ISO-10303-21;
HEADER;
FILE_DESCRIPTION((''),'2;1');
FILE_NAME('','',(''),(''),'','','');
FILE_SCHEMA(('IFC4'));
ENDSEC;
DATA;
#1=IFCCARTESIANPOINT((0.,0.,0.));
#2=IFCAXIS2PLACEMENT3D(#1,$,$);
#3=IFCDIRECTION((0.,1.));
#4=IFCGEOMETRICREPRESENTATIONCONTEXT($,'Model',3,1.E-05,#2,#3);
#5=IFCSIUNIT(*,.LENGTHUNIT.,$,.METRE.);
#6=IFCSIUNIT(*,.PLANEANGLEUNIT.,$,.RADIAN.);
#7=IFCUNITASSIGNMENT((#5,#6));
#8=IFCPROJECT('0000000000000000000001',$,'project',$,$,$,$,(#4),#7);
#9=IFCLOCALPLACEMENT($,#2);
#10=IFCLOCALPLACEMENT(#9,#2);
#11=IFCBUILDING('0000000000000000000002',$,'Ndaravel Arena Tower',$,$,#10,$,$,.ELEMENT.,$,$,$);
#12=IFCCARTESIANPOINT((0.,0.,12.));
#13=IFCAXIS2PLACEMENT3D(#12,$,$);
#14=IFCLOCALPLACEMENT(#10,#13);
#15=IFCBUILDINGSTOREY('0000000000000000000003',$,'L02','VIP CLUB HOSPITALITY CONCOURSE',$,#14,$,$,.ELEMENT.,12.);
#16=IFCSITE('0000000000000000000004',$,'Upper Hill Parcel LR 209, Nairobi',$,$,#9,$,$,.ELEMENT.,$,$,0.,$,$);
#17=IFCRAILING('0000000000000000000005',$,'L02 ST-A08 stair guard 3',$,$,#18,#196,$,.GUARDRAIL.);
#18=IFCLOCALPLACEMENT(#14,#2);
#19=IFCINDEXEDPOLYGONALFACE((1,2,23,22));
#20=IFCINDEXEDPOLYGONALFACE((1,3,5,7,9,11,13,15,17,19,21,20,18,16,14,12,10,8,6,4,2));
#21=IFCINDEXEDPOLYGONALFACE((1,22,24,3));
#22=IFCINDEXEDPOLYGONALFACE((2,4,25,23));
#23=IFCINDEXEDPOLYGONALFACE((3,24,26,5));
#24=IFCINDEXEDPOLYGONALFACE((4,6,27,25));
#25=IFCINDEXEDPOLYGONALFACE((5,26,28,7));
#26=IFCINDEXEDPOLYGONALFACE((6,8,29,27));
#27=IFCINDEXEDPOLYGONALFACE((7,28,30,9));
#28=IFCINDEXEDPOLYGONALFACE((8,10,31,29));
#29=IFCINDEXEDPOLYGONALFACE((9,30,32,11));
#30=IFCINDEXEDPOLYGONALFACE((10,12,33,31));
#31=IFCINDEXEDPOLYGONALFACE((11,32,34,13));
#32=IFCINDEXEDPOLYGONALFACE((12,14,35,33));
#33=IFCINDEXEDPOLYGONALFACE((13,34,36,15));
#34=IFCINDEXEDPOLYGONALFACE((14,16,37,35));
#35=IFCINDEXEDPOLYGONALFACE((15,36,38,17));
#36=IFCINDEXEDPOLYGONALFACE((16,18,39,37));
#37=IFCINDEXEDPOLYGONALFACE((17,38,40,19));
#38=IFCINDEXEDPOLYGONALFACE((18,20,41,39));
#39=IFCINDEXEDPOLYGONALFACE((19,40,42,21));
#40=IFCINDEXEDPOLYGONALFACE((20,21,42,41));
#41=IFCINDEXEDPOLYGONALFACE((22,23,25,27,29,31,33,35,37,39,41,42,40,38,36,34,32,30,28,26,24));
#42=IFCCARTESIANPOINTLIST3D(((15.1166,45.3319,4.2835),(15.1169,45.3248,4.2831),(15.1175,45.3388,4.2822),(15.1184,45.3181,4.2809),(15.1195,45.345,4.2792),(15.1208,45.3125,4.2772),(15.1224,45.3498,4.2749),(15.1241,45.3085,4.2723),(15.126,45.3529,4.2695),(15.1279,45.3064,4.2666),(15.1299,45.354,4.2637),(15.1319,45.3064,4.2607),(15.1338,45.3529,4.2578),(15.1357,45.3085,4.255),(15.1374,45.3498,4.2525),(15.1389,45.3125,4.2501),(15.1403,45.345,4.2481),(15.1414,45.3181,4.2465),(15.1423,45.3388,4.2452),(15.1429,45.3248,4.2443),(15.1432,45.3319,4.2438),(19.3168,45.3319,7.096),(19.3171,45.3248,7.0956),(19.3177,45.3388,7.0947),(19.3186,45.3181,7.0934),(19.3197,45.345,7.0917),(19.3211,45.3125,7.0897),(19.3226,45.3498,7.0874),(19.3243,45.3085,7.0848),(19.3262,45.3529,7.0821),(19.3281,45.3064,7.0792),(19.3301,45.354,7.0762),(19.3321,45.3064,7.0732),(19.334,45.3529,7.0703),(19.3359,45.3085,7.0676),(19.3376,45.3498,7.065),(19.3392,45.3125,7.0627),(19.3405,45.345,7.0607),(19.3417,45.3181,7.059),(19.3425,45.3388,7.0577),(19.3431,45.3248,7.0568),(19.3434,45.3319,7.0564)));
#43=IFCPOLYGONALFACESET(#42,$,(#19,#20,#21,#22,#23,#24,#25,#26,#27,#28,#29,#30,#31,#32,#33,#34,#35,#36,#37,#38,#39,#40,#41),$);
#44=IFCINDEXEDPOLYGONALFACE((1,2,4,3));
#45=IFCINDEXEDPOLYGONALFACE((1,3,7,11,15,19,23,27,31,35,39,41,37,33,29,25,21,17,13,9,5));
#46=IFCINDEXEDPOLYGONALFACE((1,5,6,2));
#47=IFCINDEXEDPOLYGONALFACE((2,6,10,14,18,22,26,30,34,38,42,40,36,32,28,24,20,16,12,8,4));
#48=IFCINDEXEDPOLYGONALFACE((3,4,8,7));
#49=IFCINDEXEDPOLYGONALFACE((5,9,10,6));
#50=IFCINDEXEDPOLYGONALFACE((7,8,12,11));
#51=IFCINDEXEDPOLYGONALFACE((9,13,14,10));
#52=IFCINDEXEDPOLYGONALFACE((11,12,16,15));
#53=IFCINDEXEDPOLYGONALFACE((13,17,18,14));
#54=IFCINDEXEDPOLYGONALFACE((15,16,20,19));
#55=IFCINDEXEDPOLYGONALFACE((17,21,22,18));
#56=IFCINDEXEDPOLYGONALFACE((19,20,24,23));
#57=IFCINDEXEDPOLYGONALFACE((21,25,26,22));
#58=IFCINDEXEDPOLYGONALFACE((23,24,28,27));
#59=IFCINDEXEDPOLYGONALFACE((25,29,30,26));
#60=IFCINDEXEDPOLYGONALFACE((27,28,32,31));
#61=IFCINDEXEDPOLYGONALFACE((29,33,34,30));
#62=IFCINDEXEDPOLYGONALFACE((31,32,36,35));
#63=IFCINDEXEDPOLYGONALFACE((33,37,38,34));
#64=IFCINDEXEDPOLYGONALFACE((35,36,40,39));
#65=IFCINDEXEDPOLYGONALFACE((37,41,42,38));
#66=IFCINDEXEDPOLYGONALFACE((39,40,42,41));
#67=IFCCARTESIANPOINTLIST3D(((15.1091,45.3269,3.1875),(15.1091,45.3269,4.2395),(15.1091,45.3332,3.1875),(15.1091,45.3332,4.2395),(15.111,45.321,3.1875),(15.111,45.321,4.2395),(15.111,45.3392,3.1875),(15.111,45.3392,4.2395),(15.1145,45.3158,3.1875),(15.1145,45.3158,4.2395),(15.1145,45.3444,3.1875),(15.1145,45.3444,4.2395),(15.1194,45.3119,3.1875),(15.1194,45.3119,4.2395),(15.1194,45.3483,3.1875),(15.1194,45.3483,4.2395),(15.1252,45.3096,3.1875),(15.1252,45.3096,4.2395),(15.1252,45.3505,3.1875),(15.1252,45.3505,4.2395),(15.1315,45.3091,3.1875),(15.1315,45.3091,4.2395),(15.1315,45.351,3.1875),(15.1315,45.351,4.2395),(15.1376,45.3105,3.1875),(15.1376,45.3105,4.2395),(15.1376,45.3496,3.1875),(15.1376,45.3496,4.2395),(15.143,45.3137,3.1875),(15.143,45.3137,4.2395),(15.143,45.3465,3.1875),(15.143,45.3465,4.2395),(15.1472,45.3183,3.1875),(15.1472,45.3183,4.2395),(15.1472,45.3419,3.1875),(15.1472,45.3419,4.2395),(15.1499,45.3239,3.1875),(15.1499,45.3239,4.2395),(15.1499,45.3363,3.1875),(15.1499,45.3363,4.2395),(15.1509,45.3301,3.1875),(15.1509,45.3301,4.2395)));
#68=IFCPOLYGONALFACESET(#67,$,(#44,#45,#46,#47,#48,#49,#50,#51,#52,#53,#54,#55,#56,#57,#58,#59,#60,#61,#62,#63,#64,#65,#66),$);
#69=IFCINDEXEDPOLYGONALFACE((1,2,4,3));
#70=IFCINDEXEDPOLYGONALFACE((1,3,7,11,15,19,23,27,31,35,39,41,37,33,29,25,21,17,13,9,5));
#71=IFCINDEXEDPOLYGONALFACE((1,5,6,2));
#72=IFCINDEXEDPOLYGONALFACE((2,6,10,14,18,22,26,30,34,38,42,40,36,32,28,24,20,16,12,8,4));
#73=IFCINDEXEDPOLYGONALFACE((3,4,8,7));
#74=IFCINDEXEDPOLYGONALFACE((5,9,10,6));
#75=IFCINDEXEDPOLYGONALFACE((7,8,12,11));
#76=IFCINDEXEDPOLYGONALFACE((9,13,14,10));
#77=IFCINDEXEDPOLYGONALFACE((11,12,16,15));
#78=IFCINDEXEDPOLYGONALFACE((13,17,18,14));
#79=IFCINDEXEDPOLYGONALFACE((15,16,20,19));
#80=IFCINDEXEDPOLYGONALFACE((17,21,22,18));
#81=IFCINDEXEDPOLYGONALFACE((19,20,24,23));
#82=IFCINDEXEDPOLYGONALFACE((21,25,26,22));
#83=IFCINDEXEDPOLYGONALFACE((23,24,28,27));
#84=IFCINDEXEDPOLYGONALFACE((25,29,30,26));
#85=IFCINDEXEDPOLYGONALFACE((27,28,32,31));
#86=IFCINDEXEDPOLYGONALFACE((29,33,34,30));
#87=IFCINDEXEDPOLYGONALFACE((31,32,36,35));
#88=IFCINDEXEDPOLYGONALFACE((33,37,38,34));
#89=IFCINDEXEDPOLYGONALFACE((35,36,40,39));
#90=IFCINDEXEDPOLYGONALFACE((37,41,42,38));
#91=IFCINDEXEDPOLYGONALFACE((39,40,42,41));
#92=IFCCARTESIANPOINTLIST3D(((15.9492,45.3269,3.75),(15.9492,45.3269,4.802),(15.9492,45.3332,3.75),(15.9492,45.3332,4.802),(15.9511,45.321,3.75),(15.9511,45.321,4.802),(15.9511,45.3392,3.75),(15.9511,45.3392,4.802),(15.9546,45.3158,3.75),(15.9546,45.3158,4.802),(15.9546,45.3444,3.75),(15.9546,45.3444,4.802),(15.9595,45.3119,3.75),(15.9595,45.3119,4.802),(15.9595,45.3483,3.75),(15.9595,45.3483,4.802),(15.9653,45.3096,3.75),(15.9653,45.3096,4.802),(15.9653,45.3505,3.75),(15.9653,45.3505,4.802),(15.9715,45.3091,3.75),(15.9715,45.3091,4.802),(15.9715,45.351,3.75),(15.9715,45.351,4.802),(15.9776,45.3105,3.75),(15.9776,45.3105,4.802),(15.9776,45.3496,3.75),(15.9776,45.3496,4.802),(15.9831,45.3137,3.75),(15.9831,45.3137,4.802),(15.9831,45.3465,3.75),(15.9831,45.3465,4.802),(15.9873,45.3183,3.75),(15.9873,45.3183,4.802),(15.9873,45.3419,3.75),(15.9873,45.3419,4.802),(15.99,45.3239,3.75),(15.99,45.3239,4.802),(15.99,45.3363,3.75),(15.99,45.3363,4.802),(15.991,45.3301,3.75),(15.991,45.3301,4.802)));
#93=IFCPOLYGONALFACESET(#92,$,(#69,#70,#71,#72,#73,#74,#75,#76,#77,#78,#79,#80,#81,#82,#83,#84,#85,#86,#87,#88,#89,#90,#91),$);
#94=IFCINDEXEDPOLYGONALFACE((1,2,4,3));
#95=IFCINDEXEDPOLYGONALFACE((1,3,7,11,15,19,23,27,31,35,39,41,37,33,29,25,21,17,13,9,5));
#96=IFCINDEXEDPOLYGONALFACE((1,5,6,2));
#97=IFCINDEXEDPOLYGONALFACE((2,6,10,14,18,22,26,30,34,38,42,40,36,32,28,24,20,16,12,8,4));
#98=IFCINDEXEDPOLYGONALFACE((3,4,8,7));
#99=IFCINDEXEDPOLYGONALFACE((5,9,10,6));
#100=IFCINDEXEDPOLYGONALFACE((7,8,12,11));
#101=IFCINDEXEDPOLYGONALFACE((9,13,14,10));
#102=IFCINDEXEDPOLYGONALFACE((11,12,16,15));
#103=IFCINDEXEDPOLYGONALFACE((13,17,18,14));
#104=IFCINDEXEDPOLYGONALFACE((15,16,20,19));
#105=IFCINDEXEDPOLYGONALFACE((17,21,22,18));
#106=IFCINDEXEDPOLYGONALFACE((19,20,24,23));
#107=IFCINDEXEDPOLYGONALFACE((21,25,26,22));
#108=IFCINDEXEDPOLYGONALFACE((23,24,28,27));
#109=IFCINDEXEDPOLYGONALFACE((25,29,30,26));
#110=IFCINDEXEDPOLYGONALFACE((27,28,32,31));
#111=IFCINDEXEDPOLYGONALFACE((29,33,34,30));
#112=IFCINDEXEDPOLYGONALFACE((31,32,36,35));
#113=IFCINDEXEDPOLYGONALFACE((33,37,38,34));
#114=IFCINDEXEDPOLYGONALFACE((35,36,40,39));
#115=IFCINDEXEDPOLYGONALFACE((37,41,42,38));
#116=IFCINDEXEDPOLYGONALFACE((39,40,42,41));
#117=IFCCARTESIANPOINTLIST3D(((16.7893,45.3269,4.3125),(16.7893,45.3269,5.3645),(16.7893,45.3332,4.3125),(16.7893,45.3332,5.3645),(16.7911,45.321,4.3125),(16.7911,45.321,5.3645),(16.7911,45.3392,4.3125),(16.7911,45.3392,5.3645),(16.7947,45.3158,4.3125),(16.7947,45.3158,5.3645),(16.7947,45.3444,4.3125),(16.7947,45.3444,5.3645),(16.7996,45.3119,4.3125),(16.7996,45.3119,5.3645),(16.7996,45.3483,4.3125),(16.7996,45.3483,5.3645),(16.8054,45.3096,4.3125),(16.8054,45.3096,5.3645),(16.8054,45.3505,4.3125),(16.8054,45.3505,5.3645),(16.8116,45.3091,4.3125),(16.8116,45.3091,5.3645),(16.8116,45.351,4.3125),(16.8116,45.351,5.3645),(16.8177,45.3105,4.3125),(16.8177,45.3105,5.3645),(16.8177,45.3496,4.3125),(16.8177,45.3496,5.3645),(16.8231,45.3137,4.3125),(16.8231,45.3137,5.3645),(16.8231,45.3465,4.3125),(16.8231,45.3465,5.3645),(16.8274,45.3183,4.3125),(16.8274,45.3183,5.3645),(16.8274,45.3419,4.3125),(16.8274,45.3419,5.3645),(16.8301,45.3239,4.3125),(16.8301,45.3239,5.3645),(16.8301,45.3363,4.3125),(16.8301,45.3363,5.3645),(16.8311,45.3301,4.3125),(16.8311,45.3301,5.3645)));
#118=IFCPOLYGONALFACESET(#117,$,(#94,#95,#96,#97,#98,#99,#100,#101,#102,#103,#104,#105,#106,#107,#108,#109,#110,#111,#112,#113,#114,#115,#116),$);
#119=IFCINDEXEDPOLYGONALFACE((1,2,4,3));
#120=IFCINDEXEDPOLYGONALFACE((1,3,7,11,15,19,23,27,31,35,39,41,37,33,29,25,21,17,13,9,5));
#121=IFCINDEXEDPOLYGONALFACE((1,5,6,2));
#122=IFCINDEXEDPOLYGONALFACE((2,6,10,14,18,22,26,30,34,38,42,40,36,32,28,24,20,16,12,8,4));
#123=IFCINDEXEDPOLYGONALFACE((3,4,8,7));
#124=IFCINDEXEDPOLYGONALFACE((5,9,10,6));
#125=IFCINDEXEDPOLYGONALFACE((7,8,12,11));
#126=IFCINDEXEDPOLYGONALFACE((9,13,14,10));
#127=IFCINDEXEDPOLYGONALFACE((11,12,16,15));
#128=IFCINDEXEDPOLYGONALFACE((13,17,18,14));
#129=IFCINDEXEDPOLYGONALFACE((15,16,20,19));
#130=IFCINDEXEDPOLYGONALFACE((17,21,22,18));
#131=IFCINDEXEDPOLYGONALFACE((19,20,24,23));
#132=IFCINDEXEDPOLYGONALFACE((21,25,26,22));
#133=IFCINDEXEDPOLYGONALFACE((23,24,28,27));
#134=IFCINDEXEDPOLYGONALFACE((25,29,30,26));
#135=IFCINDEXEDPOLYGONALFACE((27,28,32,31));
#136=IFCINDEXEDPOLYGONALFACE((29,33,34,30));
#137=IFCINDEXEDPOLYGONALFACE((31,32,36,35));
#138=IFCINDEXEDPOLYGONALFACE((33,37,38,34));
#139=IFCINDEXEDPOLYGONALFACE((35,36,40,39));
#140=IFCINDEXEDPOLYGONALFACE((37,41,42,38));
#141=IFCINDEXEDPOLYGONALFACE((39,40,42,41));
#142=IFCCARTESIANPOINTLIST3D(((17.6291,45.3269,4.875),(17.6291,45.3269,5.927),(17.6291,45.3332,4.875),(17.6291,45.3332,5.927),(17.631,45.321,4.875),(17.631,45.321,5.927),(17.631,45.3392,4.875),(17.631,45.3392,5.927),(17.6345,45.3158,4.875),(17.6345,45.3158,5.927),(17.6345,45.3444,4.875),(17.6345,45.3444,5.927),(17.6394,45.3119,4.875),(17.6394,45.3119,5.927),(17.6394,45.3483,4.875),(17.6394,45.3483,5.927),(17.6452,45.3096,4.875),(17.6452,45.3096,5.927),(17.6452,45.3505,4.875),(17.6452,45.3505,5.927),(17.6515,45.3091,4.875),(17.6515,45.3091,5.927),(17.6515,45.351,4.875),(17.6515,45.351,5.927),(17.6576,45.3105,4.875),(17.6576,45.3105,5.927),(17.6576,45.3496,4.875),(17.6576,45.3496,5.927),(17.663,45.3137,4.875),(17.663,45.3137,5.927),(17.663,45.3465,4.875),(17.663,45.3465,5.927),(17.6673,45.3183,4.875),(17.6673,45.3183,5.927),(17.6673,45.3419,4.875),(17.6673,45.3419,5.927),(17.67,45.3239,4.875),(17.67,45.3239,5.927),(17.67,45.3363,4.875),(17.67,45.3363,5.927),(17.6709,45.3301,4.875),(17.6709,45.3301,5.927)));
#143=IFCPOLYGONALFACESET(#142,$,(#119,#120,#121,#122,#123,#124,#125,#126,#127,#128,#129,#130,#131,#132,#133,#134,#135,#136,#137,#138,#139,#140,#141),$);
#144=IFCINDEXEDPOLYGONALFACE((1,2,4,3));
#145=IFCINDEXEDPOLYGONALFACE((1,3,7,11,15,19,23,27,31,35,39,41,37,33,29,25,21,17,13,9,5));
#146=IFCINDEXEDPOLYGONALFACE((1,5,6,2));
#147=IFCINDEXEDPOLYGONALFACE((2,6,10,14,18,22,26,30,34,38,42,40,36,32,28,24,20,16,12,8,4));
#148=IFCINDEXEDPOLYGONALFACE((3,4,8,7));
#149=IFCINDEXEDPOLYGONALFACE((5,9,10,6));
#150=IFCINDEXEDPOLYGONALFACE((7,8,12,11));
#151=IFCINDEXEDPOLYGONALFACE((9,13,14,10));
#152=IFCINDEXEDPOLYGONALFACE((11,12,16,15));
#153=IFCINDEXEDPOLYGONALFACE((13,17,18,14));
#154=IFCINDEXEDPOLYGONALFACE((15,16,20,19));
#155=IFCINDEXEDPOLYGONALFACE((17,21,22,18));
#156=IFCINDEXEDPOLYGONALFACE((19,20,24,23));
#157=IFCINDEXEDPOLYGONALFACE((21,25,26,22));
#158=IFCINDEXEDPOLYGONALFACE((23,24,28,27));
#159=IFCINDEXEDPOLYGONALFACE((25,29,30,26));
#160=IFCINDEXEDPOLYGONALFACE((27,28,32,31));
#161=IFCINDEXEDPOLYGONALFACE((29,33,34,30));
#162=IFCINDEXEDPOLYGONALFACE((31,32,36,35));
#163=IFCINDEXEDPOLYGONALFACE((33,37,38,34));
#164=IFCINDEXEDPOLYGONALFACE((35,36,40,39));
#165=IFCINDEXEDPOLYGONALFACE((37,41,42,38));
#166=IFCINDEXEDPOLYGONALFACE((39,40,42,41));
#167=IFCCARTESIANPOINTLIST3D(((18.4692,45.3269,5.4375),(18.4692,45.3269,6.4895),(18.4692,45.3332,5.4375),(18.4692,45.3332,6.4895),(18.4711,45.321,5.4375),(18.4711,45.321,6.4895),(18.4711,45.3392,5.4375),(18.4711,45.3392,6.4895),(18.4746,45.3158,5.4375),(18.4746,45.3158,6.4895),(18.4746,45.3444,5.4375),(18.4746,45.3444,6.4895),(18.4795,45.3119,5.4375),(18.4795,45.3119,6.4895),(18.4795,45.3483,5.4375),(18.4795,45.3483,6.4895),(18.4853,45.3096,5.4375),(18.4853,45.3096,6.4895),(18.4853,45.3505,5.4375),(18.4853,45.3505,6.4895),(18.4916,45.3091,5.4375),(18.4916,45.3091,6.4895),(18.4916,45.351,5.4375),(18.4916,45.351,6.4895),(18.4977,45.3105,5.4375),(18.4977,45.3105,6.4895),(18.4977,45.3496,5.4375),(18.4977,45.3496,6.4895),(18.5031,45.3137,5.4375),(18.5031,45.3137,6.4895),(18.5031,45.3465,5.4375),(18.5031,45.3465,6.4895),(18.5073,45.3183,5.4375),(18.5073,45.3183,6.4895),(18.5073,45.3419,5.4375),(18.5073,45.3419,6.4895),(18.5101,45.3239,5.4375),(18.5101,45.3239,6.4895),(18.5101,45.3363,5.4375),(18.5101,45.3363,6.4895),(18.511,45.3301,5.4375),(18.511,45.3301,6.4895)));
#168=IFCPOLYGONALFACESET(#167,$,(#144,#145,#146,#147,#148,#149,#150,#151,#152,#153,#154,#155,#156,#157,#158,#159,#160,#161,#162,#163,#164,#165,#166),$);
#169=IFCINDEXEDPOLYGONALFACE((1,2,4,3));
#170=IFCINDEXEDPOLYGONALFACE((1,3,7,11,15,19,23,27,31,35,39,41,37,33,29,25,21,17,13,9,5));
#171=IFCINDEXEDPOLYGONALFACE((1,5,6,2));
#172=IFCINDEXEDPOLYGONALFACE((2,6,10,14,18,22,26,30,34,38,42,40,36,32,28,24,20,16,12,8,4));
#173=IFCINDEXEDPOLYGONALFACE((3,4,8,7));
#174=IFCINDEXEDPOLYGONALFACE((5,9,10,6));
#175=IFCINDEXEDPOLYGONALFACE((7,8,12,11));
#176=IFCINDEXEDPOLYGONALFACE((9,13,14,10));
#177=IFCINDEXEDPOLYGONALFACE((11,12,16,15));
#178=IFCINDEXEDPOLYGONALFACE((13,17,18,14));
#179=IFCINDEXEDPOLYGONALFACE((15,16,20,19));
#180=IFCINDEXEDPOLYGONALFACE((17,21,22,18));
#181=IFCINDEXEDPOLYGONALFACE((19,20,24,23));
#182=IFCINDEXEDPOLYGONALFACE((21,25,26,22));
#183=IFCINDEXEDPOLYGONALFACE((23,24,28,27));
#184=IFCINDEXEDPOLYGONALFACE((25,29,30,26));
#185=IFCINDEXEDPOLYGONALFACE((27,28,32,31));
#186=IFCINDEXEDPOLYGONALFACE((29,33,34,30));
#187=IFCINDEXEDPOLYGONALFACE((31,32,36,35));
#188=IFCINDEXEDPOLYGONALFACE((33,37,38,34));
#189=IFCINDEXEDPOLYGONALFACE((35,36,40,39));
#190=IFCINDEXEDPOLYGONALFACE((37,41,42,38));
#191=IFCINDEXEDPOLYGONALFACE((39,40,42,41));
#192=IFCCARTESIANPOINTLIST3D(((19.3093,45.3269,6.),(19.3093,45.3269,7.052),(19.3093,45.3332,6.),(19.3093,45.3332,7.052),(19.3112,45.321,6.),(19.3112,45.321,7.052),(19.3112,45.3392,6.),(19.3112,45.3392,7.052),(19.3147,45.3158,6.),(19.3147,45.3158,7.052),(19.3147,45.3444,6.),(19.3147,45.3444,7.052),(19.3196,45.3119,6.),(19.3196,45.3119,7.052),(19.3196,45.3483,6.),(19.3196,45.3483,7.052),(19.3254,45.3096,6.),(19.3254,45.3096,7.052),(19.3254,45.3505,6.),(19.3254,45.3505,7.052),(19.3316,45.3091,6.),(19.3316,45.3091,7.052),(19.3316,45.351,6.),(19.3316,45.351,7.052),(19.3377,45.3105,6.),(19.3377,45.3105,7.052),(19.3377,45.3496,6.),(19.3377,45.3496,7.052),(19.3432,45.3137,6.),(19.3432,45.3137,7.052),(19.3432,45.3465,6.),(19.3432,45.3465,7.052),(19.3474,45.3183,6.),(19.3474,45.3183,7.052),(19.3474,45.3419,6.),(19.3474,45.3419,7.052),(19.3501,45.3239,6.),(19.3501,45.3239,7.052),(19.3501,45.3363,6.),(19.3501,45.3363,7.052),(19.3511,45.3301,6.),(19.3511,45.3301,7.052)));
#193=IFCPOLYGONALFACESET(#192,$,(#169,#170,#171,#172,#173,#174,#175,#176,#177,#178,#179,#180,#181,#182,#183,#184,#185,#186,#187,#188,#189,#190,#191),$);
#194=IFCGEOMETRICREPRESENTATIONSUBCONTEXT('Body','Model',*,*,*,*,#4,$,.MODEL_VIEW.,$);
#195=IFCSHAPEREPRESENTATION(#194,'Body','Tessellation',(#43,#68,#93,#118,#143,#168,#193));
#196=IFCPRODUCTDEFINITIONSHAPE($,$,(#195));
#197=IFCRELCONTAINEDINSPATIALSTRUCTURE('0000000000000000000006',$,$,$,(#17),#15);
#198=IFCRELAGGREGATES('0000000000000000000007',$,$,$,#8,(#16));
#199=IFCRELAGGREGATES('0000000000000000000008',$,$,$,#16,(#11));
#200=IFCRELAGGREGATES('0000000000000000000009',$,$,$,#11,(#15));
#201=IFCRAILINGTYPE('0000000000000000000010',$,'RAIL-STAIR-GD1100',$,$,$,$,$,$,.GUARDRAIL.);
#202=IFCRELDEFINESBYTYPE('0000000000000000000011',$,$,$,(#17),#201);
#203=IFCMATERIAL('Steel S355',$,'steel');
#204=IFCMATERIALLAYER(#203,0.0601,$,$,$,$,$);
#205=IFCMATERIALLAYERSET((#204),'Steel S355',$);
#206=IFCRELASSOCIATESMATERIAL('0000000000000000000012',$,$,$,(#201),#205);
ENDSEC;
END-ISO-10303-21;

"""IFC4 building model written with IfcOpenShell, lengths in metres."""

from ifc_helpers import new_model, si_unit, direction, frame, origin, origin_2d, place, context, subcontext, project, spatial, circle, extrude, material, layer, layer_set, type_object, element, save


model = new_model("IFC4")

# Units and contexts
model_context = context("Model", 3, precision=1e-05, world=origin(), true_north=direction((0.0, 1.0)))
body_context = subcontext(model_context, "Body", "Model", "MODEL_VIEW")
ifc_project = project(units=[si_unit("LENGTHUNIT", "METRE"), si_unit("PLANEANGLEUNIT", "RADIAN")], contexts=[model_context])

# Site, building, storey
site_placement = place(None, origin())
site = spatial("IfcSite", under=ifc_project, at=site_placement, Name="Upper Hill Parcel LR 209, Nairobi", CompositionType="ELEMENT", RefElevation=0.0)
building_placement = place(site_placement, origin())
building = spatial("IfcBuilding", under=site, at=building_placement, Name="Ndaravel Arena Tower", CompositionType="ELEMENT")
storey_placement = place(building_placement, frame((0.0, 0.0, 12.0)))
storey = spatial("IfcBuildingStorey", under=building, at=storey_placement, Name="L02", Description="VIP CLUB HOSPITALITY CONCOURSE", CompositionType="ELEMENT", Elevation=12.0)

# Railing
ifc_material_1 = material(Name="Steel S355", Category="steel")
ifc_layer_1 = layer(ifc_material_1, 0.0601)
ifc_layer_set_1 = layer_set([ifc_layer_1], Name="Steel S355")
railing_type_1 = type_object("IfcRailingType", Name="RAIL-STAIR-GD1100", PredefinedType="GUARDRAIL", material=ifc_layer_set_1)
railing_1_placement = place(storey_placement, frame((15.1299, 45.3301, 3.1875)))
element("IfcRailing", 1, at=railing_1_placement, inside=storey, type_object=railing_type_1, Name="L02 ST-A08 stair guard 3", PredefinedType="GUARDRAIL", context=body_context, shape_type="SweptSolid", body=[
    extrude(circle(Radius=0.0239, at=origin_2d()), frame((0.0, 0.0, 1.0762), z_axis=(0.830919, 0.0, 0.556393), x_axis=(0.0, 1.0, 0.0)), (0.0, 0.0, 1.0), 5.0549),
    extrude(circle(Radius=0.021, at=origin_2d()), origin(), (0.0, 0.0, 1.0), 1.052),
    extrude(circle(Radius=0.021, at=origin_2d()), frame((0.8401, 0.0, 0.5625)), (0.0, 0.0, 1.0), 1.052),
    extrude(circle(Radius=0.021, at=origin_2d()), frame((1.6802, 0.0, 1.125)), (0.0, 0.0, 1.0), 1.052),
    extrude(circle(Radius=0.021, at=origin_2d()), frame((2.52, 0.0, 1.6875)), (0.0, 0.0, 1.0), 1.052),
    extrude(circle(Radius=0.021, at=origin_2d()), frame((3.3601, 0.0, 2.25)), (0.0, 0.0, 1.0), 1.052),
    extrude(circle(Radius=0.021, at=origin_2d()), frame((4.2002, 0.0, 2.8125)), (0.0, 0.0, 1.0), 1.052),
])

save(model, "model.ifc")
